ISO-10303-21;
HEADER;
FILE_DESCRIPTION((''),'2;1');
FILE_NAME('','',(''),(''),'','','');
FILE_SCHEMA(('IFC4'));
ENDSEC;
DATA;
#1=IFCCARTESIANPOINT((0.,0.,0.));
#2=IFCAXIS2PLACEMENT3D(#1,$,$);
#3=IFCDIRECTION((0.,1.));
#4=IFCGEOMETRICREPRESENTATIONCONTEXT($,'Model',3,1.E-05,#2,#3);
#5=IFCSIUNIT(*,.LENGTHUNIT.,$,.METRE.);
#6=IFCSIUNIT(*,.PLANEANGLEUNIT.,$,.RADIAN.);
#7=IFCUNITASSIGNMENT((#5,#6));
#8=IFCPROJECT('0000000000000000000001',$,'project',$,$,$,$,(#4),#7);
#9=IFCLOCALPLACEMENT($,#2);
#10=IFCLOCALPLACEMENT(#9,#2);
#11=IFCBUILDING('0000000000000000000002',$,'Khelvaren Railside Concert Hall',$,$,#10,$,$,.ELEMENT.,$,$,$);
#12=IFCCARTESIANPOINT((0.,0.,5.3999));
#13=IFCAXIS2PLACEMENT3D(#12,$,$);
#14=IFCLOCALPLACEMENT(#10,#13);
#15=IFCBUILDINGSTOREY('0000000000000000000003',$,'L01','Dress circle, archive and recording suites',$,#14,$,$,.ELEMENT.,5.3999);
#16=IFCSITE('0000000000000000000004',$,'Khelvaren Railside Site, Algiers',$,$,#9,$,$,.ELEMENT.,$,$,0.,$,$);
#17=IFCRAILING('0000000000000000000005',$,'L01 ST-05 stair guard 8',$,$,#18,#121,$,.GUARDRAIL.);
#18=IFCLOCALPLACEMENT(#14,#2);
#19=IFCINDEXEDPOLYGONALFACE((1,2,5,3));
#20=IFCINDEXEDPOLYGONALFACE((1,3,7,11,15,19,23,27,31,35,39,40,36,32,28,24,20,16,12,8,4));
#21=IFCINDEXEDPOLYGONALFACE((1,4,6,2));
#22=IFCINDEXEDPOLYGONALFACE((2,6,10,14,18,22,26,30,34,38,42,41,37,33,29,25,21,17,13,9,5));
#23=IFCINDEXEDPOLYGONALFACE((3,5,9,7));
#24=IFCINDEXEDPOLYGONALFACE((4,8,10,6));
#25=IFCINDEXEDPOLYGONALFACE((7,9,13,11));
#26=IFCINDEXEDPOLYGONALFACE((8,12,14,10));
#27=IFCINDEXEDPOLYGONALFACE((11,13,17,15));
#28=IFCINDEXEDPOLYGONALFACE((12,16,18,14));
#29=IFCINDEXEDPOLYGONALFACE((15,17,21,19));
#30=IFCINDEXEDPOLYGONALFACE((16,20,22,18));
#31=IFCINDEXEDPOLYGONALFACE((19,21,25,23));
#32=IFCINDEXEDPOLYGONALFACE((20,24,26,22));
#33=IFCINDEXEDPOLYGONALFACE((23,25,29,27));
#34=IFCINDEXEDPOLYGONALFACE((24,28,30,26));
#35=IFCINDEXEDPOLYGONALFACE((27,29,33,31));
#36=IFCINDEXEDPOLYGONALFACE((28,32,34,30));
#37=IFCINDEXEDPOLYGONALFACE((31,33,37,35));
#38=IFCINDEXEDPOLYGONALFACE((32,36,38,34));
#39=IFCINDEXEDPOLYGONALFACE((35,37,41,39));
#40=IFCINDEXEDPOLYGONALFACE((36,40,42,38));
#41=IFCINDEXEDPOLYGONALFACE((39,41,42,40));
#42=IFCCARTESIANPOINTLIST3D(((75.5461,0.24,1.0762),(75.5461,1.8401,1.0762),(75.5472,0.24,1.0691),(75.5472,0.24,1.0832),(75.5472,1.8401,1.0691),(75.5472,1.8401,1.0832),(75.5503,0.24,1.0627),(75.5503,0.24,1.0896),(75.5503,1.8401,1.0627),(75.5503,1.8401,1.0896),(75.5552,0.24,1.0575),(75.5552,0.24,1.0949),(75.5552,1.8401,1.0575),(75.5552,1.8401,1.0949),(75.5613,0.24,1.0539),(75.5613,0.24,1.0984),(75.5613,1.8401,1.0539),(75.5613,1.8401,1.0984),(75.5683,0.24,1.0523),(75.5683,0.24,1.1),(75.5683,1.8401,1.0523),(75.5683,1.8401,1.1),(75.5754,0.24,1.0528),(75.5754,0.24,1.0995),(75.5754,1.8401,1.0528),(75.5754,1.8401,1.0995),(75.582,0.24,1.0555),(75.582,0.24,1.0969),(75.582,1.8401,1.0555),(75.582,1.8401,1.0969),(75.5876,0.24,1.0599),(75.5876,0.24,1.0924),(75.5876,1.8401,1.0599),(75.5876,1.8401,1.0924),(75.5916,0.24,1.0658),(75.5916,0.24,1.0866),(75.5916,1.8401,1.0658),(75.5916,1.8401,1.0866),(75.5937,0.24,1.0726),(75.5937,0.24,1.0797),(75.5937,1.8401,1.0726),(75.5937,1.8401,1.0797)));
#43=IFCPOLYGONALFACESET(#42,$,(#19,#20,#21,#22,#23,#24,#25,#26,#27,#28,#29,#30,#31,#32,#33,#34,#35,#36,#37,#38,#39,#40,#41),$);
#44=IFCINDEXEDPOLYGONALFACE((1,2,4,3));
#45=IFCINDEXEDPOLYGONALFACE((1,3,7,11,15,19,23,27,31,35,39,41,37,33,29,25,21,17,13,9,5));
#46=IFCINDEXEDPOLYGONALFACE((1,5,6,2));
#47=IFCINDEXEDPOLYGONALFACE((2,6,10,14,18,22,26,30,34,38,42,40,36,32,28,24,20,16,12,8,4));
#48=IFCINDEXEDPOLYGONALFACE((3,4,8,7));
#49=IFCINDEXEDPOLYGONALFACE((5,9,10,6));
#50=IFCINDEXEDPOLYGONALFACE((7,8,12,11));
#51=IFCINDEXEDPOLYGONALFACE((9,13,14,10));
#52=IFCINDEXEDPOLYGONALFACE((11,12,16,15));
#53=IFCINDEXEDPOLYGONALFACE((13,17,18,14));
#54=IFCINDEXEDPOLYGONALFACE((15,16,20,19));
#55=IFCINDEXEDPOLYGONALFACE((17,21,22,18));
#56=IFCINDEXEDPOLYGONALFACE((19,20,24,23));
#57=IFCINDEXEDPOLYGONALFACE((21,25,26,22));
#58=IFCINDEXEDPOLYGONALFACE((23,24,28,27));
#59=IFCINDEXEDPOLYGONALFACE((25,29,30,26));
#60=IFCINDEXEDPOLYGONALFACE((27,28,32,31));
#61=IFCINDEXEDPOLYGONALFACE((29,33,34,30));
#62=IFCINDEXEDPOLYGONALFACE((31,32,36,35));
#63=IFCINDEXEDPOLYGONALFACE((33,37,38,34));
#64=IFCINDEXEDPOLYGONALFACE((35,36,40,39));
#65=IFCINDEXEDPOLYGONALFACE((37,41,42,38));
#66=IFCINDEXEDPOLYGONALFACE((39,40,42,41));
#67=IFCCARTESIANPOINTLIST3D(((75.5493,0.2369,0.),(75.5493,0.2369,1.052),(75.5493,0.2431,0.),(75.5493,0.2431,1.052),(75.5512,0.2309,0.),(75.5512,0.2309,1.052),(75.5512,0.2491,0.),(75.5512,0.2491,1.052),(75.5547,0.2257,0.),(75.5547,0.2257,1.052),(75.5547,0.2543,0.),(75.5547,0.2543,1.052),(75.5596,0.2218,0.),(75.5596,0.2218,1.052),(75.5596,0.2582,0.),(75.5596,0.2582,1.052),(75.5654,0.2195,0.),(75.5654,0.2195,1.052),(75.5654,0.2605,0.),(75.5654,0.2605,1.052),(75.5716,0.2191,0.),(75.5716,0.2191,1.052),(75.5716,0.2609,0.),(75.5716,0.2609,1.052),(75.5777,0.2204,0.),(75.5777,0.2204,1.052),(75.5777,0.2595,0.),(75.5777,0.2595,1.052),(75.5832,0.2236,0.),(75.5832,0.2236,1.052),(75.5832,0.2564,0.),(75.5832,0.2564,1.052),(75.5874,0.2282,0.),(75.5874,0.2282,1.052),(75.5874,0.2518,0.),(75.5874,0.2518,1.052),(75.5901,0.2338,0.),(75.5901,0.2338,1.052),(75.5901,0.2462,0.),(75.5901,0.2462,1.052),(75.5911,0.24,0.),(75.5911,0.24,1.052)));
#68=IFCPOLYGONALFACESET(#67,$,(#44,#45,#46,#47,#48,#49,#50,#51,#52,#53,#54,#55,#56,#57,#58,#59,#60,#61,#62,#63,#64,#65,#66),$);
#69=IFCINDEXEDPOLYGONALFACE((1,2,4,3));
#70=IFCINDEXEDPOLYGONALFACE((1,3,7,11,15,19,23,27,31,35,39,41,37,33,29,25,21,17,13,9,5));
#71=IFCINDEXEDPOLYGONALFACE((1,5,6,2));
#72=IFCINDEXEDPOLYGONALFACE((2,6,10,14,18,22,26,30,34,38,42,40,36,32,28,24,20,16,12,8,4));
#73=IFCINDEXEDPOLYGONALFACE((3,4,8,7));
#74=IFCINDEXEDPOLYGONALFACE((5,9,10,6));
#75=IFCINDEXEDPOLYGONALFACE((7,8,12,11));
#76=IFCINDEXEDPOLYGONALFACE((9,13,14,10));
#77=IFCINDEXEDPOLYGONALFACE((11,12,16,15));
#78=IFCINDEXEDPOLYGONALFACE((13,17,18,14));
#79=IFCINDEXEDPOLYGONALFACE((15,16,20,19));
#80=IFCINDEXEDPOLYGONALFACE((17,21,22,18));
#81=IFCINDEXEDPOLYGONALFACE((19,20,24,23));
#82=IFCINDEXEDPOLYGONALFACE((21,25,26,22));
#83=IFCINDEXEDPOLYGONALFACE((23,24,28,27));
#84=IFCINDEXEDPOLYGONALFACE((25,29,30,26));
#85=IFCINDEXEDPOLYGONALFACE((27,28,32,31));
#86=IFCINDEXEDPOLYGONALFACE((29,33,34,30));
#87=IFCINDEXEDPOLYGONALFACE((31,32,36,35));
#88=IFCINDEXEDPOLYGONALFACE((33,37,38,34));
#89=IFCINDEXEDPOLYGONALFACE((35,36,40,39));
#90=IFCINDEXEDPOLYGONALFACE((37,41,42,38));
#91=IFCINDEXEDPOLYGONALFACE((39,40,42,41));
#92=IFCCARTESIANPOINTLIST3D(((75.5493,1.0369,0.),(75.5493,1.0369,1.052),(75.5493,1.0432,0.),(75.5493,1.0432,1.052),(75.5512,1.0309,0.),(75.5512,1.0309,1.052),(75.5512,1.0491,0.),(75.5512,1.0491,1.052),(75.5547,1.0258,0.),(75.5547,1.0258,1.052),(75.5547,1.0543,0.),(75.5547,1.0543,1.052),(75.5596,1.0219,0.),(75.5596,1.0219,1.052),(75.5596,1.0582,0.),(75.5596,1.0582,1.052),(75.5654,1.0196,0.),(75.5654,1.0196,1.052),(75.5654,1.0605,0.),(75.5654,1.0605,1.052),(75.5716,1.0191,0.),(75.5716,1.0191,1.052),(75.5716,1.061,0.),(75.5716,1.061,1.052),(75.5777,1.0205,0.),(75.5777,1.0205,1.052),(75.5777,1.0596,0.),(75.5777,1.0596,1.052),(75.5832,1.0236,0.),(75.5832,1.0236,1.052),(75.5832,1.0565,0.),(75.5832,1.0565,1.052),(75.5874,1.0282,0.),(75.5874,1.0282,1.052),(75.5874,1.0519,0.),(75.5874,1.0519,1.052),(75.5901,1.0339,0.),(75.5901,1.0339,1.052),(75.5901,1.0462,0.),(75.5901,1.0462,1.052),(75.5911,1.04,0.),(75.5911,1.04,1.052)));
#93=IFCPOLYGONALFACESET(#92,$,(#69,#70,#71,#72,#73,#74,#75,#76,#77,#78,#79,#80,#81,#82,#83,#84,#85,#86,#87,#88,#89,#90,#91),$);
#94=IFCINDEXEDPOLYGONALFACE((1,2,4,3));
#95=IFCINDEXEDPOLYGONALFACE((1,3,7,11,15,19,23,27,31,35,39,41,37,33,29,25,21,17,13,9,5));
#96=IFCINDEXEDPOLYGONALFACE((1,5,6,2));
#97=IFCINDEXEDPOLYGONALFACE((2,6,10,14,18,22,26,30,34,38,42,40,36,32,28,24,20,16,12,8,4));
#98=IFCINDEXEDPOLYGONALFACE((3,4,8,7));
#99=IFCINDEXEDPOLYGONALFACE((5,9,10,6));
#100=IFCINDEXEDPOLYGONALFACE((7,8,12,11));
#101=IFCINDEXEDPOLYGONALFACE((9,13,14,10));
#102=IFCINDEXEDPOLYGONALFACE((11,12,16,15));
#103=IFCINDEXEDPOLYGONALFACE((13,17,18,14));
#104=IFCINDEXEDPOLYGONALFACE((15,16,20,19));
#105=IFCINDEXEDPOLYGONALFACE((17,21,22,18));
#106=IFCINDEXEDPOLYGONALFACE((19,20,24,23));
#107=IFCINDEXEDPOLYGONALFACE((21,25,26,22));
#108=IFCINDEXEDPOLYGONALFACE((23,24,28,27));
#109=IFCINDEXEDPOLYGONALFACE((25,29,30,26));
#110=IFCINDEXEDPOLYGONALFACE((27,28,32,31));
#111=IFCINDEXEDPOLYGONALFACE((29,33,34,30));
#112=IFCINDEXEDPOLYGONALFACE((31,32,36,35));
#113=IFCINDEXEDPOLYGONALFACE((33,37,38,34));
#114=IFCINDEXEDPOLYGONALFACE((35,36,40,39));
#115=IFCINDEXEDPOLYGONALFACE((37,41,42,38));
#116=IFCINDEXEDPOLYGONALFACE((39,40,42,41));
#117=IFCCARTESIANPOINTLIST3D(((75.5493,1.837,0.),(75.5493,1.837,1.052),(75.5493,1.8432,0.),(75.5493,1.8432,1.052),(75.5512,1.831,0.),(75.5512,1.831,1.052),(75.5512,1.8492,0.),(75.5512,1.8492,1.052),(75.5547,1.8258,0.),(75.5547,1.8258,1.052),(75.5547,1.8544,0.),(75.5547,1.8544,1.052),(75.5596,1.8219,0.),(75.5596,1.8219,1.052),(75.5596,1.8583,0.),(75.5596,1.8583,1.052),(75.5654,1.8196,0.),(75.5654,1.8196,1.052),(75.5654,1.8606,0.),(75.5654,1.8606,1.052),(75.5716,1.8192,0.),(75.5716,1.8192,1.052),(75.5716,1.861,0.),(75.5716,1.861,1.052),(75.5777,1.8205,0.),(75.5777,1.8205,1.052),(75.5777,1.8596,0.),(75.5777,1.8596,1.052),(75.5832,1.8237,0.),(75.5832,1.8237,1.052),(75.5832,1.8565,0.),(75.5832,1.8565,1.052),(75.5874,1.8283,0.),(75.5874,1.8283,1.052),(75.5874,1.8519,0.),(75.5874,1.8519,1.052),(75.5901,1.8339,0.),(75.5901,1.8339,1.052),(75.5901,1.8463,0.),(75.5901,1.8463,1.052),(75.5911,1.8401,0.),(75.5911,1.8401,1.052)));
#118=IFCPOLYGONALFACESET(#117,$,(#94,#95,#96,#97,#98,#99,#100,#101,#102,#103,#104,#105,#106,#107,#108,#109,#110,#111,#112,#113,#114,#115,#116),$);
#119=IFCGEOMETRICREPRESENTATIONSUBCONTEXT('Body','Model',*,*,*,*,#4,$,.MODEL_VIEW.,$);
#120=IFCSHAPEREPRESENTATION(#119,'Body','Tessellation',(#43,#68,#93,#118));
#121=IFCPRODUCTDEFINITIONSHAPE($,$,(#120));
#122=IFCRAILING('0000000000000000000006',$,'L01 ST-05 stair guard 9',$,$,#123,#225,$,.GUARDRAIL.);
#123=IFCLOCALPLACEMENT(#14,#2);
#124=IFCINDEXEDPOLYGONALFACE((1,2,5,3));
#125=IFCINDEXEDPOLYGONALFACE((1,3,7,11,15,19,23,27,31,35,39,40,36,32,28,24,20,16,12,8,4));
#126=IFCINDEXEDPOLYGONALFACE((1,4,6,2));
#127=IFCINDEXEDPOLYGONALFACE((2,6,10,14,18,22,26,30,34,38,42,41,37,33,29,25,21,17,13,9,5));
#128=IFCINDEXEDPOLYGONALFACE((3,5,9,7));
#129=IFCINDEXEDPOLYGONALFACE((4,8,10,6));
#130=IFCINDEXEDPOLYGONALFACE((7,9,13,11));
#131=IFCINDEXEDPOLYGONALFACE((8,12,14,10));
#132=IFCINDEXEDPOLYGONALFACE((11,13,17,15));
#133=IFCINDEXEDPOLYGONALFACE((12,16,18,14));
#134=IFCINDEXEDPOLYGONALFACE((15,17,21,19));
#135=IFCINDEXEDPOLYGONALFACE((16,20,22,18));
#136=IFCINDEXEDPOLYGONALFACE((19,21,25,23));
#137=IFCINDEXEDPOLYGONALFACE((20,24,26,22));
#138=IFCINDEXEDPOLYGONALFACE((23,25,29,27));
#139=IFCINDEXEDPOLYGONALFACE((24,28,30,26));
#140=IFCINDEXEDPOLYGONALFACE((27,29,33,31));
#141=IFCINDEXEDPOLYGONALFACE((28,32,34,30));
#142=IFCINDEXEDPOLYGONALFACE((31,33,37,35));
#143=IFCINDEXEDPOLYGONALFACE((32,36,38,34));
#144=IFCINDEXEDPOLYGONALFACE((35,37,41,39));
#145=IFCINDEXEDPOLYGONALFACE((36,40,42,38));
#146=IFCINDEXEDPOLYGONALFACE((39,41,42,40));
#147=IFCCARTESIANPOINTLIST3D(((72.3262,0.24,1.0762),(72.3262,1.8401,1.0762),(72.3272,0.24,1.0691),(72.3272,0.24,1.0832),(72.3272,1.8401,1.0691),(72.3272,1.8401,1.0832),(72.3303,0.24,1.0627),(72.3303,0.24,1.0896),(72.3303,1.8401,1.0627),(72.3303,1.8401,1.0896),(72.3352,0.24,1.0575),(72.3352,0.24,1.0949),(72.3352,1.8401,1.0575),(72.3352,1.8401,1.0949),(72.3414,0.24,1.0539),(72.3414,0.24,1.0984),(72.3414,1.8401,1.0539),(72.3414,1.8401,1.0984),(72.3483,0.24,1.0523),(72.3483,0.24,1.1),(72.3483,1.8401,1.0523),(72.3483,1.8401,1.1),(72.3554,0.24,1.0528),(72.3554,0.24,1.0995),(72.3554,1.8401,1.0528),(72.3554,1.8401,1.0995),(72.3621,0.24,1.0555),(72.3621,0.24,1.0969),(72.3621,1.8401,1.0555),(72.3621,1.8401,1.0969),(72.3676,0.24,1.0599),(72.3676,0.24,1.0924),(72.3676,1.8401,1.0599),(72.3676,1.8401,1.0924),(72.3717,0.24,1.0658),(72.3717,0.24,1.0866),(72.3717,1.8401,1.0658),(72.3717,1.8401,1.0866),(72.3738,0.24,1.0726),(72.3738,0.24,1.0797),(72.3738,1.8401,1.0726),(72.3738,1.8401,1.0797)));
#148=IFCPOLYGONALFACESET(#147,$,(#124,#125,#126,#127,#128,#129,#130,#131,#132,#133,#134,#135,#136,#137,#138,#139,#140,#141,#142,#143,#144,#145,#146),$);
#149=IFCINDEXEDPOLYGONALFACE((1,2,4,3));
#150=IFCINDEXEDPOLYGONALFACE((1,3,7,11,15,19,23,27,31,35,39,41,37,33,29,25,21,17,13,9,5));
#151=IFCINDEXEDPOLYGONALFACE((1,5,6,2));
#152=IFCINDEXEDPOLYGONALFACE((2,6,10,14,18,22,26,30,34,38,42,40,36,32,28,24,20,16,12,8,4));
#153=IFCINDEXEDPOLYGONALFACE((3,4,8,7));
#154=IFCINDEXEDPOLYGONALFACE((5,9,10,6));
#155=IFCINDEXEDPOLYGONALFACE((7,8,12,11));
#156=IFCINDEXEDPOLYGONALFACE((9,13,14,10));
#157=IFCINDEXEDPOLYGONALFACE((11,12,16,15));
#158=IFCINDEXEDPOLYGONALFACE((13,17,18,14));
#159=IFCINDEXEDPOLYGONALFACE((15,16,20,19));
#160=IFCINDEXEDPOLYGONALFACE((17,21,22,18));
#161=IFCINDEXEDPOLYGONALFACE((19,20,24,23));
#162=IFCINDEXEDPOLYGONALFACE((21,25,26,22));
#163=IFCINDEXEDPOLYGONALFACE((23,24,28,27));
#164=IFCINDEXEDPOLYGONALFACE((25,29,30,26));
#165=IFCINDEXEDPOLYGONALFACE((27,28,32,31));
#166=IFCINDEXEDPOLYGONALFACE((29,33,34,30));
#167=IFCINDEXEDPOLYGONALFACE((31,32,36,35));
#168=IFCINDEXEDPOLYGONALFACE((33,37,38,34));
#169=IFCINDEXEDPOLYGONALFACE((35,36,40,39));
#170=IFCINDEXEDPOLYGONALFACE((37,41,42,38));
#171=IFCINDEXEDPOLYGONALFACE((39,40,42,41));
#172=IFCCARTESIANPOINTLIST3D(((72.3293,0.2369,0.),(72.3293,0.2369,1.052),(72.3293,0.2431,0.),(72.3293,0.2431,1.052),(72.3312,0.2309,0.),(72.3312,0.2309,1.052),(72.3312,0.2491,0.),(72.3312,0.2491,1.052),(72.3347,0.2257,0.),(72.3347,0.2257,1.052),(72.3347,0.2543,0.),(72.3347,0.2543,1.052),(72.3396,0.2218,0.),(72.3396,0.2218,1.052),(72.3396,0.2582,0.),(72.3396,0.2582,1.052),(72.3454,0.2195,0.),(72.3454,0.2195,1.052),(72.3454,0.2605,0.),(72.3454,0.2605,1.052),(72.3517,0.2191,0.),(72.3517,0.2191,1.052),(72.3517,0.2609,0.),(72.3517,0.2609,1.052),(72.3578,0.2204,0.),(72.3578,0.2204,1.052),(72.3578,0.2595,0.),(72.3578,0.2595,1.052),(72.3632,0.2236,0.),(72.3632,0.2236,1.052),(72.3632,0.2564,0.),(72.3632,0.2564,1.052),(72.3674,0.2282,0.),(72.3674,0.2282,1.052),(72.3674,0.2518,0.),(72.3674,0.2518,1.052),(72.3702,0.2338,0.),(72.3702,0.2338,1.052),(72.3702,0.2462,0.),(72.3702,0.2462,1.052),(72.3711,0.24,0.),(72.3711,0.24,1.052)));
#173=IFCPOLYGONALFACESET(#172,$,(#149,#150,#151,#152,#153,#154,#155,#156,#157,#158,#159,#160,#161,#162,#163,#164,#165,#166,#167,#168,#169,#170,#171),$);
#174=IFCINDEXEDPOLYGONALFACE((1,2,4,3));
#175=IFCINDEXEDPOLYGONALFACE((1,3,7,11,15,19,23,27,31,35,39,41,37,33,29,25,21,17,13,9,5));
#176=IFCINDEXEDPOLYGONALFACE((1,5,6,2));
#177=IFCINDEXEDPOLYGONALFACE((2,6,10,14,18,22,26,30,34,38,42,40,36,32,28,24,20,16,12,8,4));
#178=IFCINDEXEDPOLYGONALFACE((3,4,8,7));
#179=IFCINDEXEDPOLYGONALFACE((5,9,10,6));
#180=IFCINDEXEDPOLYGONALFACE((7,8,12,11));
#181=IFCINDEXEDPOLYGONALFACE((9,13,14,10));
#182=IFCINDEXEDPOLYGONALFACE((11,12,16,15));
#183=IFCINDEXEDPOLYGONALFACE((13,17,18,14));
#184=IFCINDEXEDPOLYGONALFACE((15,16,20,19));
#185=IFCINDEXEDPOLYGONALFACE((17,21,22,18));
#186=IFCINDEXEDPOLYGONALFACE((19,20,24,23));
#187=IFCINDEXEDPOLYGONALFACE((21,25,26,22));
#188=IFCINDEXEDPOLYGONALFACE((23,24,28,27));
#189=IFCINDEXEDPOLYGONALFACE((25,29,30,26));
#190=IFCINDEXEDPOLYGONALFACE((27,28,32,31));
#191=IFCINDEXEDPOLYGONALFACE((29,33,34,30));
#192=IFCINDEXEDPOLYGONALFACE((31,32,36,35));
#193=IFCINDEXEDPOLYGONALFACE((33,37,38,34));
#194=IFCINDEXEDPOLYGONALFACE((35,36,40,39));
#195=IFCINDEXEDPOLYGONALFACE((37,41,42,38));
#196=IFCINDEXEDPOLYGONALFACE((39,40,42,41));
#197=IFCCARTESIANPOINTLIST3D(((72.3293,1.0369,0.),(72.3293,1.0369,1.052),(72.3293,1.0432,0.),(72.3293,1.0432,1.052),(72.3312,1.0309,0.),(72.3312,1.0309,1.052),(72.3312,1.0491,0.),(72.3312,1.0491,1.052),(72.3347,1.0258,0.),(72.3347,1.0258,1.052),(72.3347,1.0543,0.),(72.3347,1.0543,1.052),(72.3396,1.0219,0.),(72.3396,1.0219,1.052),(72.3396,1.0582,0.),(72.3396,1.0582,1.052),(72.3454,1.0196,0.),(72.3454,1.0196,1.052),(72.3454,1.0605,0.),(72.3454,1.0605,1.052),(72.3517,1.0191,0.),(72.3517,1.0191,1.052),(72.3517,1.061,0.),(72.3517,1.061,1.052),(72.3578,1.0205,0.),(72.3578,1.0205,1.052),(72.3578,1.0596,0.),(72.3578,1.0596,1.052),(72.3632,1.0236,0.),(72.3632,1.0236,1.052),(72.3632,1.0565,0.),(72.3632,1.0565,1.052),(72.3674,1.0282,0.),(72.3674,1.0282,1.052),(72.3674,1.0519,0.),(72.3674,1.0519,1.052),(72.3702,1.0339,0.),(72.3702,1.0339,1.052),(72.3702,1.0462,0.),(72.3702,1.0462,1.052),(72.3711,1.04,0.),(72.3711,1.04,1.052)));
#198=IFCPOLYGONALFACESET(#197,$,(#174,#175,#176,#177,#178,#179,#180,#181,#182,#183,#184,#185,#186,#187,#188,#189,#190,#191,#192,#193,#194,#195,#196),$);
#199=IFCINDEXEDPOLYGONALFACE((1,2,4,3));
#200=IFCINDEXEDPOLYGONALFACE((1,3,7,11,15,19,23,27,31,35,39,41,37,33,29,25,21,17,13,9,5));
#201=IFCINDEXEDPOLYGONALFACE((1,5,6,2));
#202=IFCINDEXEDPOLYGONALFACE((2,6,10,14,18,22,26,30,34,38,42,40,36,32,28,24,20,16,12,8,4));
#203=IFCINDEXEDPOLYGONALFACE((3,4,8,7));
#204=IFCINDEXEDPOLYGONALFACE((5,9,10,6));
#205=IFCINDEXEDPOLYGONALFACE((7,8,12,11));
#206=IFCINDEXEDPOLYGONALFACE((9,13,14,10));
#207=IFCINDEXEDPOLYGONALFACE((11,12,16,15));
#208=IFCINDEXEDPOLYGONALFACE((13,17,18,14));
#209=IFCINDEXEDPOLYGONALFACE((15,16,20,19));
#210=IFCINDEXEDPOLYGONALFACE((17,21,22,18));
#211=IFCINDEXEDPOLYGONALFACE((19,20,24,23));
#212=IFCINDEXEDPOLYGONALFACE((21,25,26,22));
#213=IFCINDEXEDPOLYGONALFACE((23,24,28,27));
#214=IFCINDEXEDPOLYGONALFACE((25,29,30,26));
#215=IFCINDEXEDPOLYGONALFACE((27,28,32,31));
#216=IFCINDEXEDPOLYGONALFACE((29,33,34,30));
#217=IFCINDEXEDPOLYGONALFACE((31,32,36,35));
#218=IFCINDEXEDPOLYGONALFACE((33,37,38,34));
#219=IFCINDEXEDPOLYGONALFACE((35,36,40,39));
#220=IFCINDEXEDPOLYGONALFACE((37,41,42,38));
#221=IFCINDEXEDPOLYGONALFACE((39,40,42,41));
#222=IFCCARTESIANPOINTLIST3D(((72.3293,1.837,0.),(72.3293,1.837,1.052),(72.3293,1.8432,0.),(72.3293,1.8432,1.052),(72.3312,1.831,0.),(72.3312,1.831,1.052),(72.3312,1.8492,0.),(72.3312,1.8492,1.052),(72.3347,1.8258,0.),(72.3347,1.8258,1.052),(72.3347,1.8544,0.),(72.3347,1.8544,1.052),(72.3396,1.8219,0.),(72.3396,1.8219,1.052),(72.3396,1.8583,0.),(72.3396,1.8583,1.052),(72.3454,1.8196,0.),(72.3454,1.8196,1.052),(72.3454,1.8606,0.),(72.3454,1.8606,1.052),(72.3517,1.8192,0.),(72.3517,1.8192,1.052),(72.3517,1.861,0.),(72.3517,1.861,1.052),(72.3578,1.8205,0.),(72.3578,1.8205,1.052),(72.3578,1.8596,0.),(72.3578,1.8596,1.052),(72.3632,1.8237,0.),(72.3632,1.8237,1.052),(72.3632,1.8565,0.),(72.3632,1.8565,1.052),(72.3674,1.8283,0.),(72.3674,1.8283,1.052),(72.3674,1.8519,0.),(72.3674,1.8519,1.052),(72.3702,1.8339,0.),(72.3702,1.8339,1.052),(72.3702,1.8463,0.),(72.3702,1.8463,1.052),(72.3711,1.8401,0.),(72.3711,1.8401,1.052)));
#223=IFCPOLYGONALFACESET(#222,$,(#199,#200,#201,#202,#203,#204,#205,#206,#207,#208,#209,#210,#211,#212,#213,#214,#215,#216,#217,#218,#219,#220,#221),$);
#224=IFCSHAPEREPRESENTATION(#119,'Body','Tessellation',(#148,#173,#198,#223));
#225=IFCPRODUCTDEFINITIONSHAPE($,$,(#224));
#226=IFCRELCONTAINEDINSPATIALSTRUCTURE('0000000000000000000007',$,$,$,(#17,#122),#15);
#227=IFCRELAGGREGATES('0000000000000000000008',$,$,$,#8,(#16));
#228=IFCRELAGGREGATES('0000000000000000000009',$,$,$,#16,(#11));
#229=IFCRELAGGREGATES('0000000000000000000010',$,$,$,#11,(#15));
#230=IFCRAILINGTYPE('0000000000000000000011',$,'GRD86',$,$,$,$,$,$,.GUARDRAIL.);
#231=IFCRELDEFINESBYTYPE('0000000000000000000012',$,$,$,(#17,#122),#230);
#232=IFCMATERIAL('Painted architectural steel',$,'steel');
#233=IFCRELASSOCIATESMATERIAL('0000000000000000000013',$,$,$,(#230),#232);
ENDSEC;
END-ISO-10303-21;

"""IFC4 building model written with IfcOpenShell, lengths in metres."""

from ifc_helpers import new_model, si_unit, direction, frame, origin, origin_2d, place, context, subcontext, project, spatial, circle, extrude, material, type_object, element, save


model = new_model("IFC4")

# Units and contexts
model_context = context("Model", 3, precision=1e-05, world=origin(), true_north=direction((0.0, 1.0)))
body_context = subcontext(model_context, "Body", "Model", "MODEL_VIEW")
ifc_project = project(units=[si_unit("LENGTHUNIT", "METRE"), si_unit("PLANEANGLEUNIT", "RADIAN")], contexts=[model_context])

# Site, building, storey
site_placement = place(None, origin())
site = spatial("IfcSite", under=ifc_project, at=site_placement, Name="Khelvaren Railside Site, Algiers", CompositionType="ELEMENT", RefElevation=0.0)
building_placement = place(site_placement, origin())
building = spatial("IfcBuilding", under=site, at=building_placement, Name="Khelvaren Railside Concert Hall", CompositionType="ELEMENT")
storey_placement = place(building_placement, frame((0.0, 0.0, 5.3999)))
storey = spatial("IfcBuildingStorey", under=building, at=storey_placement, Name="L01", Description="Dress circle, archive and recording suites", CompositionType="ELEMENT", Elevation=5.3999)

# Railings
ifc_material_1 = material(Name="Painted architectural steel", Category="steel")
railing_type_1 = type_object("IfcRailingType", Name="GRD86", PredefinedType="GUARDRAIL", material=ifc_material_1)
for number, where, name in (
    (1, (75.5701, 0.24, 0.0), "L01 ST-05 stair guard 8"),
    (2, (72.3501, 0.24, 0.0), "L01 ST-05 stair guard 9"),
):
    element("IfcRailing", number, at=place(storey_placement, frame(where)), inside=storey, type_object=railing_type_1, Name=name, PredefinedType="GUARDRAIL", context=body_context, shape_type="SweptSolid", body=[
        extrude(circle(Radius=0.0239, at=origin_2d()), frame((0.0, 0.0, 1.0762), z_axis=(0.0, 1.0, 0.0), x_axis=(-1.0, 0.0, 0.0)), (0.0, 0.0, 1.0), 1.6001),
        extrude(circle(Radius=0.021, at=origin_2d()), origin(), (0.0, 0.0, 1.0), 1.052),
        extrude(circle(Radius=0.021, at=origin_2d()), frame((0.0, 0.8, 0.0)), (0.0, 0.0, 1.0), 1.052),
        extrude(circle(Radius=0.021, at=origin_2d()), frame((0.0, 1.6001, 0.0)), (0.0, 0.0, 1.0), 1.052),
    ])

save(model, "model.ifc")
